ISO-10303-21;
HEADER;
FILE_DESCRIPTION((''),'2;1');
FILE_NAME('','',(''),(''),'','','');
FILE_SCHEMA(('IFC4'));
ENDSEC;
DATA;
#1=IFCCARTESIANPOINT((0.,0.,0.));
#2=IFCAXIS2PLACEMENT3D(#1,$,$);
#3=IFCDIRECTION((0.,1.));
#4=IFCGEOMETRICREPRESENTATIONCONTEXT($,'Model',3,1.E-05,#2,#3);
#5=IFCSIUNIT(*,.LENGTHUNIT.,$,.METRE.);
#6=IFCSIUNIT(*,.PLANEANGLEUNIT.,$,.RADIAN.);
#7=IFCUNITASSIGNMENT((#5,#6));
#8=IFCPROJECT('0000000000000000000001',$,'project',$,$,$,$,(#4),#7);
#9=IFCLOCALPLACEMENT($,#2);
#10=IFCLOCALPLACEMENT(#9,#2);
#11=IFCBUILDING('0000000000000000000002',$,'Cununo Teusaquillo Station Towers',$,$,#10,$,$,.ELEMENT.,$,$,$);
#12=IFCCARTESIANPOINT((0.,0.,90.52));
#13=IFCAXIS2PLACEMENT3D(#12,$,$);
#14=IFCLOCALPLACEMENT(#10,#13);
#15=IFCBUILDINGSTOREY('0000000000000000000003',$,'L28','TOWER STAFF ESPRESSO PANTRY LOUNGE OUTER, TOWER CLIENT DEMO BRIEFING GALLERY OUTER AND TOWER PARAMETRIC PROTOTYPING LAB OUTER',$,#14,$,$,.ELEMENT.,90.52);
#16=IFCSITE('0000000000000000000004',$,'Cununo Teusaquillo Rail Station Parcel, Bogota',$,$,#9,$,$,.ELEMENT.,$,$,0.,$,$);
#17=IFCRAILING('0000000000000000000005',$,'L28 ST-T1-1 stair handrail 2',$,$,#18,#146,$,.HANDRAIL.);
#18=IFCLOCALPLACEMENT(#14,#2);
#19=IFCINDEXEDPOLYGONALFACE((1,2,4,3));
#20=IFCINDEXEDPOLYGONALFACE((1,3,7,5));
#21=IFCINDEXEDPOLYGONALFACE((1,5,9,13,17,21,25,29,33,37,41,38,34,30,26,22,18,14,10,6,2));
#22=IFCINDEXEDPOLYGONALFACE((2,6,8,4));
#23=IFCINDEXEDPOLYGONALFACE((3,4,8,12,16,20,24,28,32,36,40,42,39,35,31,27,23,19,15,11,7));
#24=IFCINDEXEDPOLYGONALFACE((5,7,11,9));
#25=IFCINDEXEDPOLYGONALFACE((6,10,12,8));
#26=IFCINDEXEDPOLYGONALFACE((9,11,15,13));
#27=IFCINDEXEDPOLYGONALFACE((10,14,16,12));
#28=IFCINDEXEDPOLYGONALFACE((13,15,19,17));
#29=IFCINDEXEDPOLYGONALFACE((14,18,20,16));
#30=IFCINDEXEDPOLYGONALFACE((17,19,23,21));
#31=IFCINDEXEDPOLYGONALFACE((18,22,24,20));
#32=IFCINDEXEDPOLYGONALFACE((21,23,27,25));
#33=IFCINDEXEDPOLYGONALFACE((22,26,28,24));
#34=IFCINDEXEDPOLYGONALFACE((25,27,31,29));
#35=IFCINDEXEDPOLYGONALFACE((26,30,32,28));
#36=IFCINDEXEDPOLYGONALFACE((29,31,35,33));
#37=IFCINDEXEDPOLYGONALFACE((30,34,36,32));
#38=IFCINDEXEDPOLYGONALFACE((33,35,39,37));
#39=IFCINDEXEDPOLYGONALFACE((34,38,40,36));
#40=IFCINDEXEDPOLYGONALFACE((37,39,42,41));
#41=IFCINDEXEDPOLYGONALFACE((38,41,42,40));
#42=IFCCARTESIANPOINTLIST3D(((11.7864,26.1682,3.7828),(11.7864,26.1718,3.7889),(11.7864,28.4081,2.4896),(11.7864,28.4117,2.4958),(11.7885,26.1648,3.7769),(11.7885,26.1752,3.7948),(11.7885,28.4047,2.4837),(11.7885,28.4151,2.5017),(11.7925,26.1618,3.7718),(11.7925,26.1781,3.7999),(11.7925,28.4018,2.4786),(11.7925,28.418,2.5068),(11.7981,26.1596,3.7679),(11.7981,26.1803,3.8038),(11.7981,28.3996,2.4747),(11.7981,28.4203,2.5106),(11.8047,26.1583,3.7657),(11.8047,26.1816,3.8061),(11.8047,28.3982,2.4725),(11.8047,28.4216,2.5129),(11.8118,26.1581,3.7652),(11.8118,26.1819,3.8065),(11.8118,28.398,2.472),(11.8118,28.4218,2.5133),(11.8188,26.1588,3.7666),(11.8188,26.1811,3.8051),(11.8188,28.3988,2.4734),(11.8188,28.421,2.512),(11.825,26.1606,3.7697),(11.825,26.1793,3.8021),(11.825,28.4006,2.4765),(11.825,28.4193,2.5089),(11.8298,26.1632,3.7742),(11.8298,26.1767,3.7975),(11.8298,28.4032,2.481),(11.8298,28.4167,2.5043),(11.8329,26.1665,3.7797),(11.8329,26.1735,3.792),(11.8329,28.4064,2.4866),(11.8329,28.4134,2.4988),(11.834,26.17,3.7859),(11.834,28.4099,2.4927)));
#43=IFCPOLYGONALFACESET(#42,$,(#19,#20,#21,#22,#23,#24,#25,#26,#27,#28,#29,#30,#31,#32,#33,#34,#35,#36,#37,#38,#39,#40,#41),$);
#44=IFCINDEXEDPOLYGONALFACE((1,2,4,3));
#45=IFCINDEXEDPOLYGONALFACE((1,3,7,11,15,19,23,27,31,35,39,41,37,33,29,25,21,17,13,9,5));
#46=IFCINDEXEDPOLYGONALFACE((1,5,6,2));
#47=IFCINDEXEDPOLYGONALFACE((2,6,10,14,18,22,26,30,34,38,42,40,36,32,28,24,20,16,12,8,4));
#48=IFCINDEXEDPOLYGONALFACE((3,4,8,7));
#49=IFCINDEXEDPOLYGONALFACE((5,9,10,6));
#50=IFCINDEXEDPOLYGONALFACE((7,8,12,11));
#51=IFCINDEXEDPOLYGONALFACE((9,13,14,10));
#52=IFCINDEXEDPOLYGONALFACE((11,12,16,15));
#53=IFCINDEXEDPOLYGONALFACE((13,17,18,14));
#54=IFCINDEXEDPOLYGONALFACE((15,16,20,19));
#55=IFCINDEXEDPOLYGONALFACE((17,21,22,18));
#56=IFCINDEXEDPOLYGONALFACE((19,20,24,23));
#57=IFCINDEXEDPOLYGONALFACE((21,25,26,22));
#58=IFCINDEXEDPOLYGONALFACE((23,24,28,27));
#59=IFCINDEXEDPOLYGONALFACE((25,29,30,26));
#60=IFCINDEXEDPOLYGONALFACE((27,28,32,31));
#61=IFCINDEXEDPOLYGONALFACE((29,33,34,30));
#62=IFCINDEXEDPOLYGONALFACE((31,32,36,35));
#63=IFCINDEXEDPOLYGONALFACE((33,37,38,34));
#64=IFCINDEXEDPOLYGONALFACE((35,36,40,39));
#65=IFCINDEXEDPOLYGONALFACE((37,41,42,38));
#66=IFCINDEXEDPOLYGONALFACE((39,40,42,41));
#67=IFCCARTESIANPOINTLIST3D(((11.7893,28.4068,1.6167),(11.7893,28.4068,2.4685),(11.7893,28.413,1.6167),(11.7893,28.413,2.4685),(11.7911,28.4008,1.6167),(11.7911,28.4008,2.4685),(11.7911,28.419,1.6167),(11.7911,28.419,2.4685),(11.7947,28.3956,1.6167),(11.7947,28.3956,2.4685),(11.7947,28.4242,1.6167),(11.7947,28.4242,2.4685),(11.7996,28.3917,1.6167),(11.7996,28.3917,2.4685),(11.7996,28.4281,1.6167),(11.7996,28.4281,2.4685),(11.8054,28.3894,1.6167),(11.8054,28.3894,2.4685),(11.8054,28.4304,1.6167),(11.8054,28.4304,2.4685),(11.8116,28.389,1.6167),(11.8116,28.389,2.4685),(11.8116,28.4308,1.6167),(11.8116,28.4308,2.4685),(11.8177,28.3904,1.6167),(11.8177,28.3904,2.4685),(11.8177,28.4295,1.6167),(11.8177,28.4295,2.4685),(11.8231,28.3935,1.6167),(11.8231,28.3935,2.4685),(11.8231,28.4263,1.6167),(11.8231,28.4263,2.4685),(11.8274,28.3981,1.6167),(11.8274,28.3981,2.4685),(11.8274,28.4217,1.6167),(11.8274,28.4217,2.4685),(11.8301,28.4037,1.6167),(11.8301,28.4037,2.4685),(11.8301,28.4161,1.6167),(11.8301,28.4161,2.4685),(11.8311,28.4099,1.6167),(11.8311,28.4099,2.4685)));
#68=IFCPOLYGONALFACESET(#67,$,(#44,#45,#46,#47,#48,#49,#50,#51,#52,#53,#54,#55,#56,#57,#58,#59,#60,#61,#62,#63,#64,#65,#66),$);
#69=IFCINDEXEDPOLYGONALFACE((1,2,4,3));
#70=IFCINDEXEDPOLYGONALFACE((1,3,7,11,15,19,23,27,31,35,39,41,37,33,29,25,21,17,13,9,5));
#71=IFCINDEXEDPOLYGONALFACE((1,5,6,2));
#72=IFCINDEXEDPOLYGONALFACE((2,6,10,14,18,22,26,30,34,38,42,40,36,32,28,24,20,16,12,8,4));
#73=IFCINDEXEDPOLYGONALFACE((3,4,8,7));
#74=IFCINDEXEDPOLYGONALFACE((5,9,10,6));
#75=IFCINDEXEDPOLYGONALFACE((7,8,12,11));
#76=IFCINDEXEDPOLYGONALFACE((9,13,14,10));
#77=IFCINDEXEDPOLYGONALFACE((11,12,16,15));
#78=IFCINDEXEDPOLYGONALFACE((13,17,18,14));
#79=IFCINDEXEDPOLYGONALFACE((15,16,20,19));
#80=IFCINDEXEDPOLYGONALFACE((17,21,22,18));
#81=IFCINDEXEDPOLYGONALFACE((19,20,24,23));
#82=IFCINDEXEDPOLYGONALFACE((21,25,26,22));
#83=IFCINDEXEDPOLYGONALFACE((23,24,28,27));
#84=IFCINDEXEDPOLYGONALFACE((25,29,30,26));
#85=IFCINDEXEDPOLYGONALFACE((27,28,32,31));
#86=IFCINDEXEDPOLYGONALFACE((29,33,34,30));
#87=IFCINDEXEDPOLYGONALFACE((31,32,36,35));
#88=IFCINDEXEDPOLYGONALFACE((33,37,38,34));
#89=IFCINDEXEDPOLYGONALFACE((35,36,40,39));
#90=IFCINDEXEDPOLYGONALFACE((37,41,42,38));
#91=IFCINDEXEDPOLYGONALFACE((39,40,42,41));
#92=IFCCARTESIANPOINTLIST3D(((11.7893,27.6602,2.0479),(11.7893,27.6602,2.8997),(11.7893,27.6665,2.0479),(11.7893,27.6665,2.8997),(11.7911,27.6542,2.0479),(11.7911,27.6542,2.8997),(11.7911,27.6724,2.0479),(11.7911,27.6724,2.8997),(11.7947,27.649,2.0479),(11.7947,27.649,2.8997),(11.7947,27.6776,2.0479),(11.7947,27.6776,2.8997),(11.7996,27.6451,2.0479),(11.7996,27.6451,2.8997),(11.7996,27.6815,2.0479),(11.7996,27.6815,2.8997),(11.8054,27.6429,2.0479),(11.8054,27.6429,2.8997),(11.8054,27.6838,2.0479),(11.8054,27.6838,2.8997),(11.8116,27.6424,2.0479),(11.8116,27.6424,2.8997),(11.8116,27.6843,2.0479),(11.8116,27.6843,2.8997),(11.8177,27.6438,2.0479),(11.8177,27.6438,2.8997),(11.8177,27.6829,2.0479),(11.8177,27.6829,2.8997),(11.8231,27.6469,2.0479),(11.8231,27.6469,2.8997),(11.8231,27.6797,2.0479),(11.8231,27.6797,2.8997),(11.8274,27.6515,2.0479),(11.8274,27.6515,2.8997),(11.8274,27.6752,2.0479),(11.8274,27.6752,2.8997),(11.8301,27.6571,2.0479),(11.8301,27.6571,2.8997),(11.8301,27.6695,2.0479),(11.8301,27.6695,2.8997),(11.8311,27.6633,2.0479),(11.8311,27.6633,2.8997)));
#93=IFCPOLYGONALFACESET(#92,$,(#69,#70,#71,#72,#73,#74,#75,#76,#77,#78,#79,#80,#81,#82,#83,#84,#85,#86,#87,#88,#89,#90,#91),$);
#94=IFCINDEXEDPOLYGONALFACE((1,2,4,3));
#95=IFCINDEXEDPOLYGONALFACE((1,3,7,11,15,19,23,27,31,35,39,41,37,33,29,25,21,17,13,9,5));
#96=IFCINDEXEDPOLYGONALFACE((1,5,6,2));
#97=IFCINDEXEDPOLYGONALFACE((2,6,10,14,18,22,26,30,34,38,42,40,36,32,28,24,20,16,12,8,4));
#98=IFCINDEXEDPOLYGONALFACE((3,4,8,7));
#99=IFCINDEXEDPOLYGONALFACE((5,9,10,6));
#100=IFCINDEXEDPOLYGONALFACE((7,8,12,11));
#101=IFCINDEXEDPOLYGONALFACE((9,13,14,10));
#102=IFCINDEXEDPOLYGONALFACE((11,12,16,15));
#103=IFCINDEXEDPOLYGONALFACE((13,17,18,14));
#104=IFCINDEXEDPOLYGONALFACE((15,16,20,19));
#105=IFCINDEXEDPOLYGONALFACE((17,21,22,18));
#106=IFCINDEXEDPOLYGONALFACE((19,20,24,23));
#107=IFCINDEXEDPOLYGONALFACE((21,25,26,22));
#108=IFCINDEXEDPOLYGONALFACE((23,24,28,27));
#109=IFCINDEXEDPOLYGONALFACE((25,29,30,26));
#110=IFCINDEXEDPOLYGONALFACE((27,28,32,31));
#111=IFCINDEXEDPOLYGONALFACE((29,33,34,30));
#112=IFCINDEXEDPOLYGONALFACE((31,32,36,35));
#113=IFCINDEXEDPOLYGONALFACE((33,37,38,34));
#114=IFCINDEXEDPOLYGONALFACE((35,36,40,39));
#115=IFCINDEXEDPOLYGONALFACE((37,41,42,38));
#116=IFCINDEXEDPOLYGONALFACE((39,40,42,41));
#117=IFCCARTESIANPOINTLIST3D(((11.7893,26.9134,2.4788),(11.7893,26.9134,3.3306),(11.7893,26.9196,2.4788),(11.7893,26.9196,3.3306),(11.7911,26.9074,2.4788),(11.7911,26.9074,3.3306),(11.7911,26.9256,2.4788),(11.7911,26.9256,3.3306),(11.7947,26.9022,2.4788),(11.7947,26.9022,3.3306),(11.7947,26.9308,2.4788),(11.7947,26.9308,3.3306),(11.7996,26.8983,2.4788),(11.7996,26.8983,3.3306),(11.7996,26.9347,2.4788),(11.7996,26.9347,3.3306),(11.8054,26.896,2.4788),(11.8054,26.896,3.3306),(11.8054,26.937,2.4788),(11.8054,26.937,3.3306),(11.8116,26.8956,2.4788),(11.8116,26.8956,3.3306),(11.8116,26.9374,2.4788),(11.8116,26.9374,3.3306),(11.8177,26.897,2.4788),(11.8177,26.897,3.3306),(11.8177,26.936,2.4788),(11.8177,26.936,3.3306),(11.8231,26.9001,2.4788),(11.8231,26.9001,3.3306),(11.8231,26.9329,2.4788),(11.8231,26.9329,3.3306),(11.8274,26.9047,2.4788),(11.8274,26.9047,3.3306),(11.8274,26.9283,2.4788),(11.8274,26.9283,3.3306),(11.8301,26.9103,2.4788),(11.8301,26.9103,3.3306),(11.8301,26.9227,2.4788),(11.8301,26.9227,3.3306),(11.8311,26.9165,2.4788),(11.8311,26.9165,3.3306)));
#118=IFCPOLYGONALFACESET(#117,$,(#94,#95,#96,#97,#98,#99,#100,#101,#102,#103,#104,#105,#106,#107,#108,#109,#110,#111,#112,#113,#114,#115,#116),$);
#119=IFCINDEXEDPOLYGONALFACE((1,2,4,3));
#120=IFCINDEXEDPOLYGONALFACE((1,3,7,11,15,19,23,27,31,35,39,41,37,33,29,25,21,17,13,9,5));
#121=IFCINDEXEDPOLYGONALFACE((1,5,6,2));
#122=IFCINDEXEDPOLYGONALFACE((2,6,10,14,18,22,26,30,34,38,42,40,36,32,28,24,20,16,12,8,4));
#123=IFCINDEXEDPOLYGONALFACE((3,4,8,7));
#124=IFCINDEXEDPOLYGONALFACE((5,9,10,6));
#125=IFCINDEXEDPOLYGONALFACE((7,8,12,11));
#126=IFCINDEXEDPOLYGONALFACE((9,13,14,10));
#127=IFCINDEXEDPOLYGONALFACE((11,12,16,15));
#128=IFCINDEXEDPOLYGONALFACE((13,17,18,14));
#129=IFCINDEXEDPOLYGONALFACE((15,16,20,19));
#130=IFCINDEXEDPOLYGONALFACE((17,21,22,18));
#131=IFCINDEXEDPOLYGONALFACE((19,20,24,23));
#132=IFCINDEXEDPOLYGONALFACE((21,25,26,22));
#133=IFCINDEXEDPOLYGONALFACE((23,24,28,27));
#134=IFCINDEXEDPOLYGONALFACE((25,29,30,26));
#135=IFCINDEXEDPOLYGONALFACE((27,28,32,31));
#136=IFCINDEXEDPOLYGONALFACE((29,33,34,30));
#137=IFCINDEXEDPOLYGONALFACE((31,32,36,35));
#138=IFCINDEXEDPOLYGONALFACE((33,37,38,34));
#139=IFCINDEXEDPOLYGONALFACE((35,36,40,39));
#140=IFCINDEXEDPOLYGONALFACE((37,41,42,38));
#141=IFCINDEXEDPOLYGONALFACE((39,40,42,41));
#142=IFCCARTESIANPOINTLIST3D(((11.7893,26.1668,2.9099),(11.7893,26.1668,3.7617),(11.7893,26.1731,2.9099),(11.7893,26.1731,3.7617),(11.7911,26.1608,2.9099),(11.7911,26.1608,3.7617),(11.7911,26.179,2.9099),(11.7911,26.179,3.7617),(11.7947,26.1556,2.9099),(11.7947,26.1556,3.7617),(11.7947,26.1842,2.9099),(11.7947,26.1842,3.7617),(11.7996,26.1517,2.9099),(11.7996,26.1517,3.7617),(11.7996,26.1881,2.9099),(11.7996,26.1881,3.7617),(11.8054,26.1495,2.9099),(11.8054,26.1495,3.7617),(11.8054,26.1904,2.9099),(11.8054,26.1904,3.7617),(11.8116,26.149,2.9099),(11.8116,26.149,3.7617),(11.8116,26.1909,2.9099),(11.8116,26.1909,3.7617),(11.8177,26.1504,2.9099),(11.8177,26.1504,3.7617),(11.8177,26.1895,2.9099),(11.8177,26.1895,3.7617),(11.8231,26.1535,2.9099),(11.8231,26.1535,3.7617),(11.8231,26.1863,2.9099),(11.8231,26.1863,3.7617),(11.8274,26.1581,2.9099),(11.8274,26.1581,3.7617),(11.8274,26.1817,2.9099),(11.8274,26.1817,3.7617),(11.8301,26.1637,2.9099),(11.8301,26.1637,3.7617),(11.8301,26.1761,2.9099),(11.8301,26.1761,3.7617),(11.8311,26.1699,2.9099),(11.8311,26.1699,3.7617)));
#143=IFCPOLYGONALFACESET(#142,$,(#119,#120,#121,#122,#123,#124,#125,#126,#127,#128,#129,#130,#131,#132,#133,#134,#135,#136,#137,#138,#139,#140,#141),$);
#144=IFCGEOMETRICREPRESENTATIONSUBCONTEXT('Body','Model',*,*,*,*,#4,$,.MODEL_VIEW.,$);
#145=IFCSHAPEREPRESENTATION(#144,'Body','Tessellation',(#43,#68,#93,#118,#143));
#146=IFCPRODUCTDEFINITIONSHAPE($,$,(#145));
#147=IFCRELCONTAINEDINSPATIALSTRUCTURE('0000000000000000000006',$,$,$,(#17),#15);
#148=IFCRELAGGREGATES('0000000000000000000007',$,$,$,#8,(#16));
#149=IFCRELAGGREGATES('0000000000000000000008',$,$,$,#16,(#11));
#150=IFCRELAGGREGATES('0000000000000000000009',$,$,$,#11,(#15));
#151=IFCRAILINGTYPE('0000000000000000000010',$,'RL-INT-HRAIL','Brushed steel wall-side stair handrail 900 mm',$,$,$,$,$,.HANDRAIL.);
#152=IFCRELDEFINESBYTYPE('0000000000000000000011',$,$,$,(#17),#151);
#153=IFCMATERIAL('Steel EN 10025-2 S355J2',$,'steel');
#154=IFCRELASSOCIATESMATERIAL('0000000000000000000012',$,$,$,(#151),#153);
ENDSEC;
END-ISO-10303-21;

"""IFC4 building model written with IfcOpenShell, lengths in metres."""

from ifc_helpers import new_model, si_unit, direction, frame, origin, origin_2d, place, context, subcontext, project, spatial, circle, extrude, material, type_object, element, save


model = new_model("IFC4")

# Units and contexts
model_context = context("Model", 3, precision=1e-05, world=origin(), true_north=direction((0.0, 1.0)))
body_context = subcontext(model_context, "Body", "Model", "MODEL_VIEW")
ifc_project = project(units=[si_unit("LENGTHUNIT", "METRE"), si_unit("PLANEANGLEUNIT", "RADIAN")], contexts=[model_context])

# Site, building, storey
site_placement = place(None, origin())
site = spatial("IfcSite", under=ifc_project, at=site_placement, Name="Cununo Teusaquillo Rail Station Parcel, Bogota", CompositionType="ELEMENT", RefElevation=0.0)
building_placement = place(site_placement, origin())
building = spatial("IfcBuilding", under=site, at=building_placement, Name="Cununo Teusaquillo Station Towers", CompositionType="ELEMENT")
storey_placement = place(building_placement, frame((0.0, 0.0, 90.52)))
storey = spatial("IfcBuildingStorey", under=building, at=storey_placement, Name="L28", Description="TOWER STAFF ESPRESSO PANTRY LOUNGE OUTER, TOWER CLIENT DEMO BRIEFING GALLERY OUTER AND TOWER PARAMETRIC PROTOTYPING LAB OUTER", CompositionType="ELEMENT", Elevation=90.52)

# Railing
ifc_material_1 = material(Name="Steel EN 10025-2 S355J2", Category="steel")
railing_type_1 = type_object("IfcRailingType", Name="RL-INT-HRAIL", Description="Brushed steel wall-side stair handrail 900 mm", PredefinedType="HANDRAIL", material=ifc_material_1)
railing_1_placement = place(storey_placement, frame((11.8101, 28.4099, 1.6167)))
element("IfcRailing", 1, at=railing_1_placement, inside=storey, type_object=railing_type_1, Name="L28 ST-T1-1 stair handrail 2", PredefinedType="HANDRAIL", context=body_context, shape_type="SweptSolid", body=[
    extrude(circle(Radius=0.0239, at=origin_2d()), frame((0.0, 0.0, 0.876), z_axis=(0.0, -0.866033, 0.499987), x_axis=(1.0, 0.0, 0.0)), (0.0, 0.0, 1.0), 2.5864),
    extrude(circle(Radius=0.021, at=origin_2d()), origin(), (0.0, 0.0, 1.0), 0.8518),
    extrude(circle(Radius=0.021, at=origin_2d()), frame((0.0, -0.7466, 0.4312)), (0.0, 0.0, 1.0), 0.8518),
    extrude(circle(Radius=0.021, at=origin_2d()), frame((0.0, -1.4934, 0.8621)), (0.0, 0.0, 1.0), 0.8518),
    extrude(circle(Radius=0.021, at=origin_2d()), frame((0.0, -2.24, 1.2932)), (0.0, 0.0, 1.0), 0.8518),
])

save(model, "model.ifc")
